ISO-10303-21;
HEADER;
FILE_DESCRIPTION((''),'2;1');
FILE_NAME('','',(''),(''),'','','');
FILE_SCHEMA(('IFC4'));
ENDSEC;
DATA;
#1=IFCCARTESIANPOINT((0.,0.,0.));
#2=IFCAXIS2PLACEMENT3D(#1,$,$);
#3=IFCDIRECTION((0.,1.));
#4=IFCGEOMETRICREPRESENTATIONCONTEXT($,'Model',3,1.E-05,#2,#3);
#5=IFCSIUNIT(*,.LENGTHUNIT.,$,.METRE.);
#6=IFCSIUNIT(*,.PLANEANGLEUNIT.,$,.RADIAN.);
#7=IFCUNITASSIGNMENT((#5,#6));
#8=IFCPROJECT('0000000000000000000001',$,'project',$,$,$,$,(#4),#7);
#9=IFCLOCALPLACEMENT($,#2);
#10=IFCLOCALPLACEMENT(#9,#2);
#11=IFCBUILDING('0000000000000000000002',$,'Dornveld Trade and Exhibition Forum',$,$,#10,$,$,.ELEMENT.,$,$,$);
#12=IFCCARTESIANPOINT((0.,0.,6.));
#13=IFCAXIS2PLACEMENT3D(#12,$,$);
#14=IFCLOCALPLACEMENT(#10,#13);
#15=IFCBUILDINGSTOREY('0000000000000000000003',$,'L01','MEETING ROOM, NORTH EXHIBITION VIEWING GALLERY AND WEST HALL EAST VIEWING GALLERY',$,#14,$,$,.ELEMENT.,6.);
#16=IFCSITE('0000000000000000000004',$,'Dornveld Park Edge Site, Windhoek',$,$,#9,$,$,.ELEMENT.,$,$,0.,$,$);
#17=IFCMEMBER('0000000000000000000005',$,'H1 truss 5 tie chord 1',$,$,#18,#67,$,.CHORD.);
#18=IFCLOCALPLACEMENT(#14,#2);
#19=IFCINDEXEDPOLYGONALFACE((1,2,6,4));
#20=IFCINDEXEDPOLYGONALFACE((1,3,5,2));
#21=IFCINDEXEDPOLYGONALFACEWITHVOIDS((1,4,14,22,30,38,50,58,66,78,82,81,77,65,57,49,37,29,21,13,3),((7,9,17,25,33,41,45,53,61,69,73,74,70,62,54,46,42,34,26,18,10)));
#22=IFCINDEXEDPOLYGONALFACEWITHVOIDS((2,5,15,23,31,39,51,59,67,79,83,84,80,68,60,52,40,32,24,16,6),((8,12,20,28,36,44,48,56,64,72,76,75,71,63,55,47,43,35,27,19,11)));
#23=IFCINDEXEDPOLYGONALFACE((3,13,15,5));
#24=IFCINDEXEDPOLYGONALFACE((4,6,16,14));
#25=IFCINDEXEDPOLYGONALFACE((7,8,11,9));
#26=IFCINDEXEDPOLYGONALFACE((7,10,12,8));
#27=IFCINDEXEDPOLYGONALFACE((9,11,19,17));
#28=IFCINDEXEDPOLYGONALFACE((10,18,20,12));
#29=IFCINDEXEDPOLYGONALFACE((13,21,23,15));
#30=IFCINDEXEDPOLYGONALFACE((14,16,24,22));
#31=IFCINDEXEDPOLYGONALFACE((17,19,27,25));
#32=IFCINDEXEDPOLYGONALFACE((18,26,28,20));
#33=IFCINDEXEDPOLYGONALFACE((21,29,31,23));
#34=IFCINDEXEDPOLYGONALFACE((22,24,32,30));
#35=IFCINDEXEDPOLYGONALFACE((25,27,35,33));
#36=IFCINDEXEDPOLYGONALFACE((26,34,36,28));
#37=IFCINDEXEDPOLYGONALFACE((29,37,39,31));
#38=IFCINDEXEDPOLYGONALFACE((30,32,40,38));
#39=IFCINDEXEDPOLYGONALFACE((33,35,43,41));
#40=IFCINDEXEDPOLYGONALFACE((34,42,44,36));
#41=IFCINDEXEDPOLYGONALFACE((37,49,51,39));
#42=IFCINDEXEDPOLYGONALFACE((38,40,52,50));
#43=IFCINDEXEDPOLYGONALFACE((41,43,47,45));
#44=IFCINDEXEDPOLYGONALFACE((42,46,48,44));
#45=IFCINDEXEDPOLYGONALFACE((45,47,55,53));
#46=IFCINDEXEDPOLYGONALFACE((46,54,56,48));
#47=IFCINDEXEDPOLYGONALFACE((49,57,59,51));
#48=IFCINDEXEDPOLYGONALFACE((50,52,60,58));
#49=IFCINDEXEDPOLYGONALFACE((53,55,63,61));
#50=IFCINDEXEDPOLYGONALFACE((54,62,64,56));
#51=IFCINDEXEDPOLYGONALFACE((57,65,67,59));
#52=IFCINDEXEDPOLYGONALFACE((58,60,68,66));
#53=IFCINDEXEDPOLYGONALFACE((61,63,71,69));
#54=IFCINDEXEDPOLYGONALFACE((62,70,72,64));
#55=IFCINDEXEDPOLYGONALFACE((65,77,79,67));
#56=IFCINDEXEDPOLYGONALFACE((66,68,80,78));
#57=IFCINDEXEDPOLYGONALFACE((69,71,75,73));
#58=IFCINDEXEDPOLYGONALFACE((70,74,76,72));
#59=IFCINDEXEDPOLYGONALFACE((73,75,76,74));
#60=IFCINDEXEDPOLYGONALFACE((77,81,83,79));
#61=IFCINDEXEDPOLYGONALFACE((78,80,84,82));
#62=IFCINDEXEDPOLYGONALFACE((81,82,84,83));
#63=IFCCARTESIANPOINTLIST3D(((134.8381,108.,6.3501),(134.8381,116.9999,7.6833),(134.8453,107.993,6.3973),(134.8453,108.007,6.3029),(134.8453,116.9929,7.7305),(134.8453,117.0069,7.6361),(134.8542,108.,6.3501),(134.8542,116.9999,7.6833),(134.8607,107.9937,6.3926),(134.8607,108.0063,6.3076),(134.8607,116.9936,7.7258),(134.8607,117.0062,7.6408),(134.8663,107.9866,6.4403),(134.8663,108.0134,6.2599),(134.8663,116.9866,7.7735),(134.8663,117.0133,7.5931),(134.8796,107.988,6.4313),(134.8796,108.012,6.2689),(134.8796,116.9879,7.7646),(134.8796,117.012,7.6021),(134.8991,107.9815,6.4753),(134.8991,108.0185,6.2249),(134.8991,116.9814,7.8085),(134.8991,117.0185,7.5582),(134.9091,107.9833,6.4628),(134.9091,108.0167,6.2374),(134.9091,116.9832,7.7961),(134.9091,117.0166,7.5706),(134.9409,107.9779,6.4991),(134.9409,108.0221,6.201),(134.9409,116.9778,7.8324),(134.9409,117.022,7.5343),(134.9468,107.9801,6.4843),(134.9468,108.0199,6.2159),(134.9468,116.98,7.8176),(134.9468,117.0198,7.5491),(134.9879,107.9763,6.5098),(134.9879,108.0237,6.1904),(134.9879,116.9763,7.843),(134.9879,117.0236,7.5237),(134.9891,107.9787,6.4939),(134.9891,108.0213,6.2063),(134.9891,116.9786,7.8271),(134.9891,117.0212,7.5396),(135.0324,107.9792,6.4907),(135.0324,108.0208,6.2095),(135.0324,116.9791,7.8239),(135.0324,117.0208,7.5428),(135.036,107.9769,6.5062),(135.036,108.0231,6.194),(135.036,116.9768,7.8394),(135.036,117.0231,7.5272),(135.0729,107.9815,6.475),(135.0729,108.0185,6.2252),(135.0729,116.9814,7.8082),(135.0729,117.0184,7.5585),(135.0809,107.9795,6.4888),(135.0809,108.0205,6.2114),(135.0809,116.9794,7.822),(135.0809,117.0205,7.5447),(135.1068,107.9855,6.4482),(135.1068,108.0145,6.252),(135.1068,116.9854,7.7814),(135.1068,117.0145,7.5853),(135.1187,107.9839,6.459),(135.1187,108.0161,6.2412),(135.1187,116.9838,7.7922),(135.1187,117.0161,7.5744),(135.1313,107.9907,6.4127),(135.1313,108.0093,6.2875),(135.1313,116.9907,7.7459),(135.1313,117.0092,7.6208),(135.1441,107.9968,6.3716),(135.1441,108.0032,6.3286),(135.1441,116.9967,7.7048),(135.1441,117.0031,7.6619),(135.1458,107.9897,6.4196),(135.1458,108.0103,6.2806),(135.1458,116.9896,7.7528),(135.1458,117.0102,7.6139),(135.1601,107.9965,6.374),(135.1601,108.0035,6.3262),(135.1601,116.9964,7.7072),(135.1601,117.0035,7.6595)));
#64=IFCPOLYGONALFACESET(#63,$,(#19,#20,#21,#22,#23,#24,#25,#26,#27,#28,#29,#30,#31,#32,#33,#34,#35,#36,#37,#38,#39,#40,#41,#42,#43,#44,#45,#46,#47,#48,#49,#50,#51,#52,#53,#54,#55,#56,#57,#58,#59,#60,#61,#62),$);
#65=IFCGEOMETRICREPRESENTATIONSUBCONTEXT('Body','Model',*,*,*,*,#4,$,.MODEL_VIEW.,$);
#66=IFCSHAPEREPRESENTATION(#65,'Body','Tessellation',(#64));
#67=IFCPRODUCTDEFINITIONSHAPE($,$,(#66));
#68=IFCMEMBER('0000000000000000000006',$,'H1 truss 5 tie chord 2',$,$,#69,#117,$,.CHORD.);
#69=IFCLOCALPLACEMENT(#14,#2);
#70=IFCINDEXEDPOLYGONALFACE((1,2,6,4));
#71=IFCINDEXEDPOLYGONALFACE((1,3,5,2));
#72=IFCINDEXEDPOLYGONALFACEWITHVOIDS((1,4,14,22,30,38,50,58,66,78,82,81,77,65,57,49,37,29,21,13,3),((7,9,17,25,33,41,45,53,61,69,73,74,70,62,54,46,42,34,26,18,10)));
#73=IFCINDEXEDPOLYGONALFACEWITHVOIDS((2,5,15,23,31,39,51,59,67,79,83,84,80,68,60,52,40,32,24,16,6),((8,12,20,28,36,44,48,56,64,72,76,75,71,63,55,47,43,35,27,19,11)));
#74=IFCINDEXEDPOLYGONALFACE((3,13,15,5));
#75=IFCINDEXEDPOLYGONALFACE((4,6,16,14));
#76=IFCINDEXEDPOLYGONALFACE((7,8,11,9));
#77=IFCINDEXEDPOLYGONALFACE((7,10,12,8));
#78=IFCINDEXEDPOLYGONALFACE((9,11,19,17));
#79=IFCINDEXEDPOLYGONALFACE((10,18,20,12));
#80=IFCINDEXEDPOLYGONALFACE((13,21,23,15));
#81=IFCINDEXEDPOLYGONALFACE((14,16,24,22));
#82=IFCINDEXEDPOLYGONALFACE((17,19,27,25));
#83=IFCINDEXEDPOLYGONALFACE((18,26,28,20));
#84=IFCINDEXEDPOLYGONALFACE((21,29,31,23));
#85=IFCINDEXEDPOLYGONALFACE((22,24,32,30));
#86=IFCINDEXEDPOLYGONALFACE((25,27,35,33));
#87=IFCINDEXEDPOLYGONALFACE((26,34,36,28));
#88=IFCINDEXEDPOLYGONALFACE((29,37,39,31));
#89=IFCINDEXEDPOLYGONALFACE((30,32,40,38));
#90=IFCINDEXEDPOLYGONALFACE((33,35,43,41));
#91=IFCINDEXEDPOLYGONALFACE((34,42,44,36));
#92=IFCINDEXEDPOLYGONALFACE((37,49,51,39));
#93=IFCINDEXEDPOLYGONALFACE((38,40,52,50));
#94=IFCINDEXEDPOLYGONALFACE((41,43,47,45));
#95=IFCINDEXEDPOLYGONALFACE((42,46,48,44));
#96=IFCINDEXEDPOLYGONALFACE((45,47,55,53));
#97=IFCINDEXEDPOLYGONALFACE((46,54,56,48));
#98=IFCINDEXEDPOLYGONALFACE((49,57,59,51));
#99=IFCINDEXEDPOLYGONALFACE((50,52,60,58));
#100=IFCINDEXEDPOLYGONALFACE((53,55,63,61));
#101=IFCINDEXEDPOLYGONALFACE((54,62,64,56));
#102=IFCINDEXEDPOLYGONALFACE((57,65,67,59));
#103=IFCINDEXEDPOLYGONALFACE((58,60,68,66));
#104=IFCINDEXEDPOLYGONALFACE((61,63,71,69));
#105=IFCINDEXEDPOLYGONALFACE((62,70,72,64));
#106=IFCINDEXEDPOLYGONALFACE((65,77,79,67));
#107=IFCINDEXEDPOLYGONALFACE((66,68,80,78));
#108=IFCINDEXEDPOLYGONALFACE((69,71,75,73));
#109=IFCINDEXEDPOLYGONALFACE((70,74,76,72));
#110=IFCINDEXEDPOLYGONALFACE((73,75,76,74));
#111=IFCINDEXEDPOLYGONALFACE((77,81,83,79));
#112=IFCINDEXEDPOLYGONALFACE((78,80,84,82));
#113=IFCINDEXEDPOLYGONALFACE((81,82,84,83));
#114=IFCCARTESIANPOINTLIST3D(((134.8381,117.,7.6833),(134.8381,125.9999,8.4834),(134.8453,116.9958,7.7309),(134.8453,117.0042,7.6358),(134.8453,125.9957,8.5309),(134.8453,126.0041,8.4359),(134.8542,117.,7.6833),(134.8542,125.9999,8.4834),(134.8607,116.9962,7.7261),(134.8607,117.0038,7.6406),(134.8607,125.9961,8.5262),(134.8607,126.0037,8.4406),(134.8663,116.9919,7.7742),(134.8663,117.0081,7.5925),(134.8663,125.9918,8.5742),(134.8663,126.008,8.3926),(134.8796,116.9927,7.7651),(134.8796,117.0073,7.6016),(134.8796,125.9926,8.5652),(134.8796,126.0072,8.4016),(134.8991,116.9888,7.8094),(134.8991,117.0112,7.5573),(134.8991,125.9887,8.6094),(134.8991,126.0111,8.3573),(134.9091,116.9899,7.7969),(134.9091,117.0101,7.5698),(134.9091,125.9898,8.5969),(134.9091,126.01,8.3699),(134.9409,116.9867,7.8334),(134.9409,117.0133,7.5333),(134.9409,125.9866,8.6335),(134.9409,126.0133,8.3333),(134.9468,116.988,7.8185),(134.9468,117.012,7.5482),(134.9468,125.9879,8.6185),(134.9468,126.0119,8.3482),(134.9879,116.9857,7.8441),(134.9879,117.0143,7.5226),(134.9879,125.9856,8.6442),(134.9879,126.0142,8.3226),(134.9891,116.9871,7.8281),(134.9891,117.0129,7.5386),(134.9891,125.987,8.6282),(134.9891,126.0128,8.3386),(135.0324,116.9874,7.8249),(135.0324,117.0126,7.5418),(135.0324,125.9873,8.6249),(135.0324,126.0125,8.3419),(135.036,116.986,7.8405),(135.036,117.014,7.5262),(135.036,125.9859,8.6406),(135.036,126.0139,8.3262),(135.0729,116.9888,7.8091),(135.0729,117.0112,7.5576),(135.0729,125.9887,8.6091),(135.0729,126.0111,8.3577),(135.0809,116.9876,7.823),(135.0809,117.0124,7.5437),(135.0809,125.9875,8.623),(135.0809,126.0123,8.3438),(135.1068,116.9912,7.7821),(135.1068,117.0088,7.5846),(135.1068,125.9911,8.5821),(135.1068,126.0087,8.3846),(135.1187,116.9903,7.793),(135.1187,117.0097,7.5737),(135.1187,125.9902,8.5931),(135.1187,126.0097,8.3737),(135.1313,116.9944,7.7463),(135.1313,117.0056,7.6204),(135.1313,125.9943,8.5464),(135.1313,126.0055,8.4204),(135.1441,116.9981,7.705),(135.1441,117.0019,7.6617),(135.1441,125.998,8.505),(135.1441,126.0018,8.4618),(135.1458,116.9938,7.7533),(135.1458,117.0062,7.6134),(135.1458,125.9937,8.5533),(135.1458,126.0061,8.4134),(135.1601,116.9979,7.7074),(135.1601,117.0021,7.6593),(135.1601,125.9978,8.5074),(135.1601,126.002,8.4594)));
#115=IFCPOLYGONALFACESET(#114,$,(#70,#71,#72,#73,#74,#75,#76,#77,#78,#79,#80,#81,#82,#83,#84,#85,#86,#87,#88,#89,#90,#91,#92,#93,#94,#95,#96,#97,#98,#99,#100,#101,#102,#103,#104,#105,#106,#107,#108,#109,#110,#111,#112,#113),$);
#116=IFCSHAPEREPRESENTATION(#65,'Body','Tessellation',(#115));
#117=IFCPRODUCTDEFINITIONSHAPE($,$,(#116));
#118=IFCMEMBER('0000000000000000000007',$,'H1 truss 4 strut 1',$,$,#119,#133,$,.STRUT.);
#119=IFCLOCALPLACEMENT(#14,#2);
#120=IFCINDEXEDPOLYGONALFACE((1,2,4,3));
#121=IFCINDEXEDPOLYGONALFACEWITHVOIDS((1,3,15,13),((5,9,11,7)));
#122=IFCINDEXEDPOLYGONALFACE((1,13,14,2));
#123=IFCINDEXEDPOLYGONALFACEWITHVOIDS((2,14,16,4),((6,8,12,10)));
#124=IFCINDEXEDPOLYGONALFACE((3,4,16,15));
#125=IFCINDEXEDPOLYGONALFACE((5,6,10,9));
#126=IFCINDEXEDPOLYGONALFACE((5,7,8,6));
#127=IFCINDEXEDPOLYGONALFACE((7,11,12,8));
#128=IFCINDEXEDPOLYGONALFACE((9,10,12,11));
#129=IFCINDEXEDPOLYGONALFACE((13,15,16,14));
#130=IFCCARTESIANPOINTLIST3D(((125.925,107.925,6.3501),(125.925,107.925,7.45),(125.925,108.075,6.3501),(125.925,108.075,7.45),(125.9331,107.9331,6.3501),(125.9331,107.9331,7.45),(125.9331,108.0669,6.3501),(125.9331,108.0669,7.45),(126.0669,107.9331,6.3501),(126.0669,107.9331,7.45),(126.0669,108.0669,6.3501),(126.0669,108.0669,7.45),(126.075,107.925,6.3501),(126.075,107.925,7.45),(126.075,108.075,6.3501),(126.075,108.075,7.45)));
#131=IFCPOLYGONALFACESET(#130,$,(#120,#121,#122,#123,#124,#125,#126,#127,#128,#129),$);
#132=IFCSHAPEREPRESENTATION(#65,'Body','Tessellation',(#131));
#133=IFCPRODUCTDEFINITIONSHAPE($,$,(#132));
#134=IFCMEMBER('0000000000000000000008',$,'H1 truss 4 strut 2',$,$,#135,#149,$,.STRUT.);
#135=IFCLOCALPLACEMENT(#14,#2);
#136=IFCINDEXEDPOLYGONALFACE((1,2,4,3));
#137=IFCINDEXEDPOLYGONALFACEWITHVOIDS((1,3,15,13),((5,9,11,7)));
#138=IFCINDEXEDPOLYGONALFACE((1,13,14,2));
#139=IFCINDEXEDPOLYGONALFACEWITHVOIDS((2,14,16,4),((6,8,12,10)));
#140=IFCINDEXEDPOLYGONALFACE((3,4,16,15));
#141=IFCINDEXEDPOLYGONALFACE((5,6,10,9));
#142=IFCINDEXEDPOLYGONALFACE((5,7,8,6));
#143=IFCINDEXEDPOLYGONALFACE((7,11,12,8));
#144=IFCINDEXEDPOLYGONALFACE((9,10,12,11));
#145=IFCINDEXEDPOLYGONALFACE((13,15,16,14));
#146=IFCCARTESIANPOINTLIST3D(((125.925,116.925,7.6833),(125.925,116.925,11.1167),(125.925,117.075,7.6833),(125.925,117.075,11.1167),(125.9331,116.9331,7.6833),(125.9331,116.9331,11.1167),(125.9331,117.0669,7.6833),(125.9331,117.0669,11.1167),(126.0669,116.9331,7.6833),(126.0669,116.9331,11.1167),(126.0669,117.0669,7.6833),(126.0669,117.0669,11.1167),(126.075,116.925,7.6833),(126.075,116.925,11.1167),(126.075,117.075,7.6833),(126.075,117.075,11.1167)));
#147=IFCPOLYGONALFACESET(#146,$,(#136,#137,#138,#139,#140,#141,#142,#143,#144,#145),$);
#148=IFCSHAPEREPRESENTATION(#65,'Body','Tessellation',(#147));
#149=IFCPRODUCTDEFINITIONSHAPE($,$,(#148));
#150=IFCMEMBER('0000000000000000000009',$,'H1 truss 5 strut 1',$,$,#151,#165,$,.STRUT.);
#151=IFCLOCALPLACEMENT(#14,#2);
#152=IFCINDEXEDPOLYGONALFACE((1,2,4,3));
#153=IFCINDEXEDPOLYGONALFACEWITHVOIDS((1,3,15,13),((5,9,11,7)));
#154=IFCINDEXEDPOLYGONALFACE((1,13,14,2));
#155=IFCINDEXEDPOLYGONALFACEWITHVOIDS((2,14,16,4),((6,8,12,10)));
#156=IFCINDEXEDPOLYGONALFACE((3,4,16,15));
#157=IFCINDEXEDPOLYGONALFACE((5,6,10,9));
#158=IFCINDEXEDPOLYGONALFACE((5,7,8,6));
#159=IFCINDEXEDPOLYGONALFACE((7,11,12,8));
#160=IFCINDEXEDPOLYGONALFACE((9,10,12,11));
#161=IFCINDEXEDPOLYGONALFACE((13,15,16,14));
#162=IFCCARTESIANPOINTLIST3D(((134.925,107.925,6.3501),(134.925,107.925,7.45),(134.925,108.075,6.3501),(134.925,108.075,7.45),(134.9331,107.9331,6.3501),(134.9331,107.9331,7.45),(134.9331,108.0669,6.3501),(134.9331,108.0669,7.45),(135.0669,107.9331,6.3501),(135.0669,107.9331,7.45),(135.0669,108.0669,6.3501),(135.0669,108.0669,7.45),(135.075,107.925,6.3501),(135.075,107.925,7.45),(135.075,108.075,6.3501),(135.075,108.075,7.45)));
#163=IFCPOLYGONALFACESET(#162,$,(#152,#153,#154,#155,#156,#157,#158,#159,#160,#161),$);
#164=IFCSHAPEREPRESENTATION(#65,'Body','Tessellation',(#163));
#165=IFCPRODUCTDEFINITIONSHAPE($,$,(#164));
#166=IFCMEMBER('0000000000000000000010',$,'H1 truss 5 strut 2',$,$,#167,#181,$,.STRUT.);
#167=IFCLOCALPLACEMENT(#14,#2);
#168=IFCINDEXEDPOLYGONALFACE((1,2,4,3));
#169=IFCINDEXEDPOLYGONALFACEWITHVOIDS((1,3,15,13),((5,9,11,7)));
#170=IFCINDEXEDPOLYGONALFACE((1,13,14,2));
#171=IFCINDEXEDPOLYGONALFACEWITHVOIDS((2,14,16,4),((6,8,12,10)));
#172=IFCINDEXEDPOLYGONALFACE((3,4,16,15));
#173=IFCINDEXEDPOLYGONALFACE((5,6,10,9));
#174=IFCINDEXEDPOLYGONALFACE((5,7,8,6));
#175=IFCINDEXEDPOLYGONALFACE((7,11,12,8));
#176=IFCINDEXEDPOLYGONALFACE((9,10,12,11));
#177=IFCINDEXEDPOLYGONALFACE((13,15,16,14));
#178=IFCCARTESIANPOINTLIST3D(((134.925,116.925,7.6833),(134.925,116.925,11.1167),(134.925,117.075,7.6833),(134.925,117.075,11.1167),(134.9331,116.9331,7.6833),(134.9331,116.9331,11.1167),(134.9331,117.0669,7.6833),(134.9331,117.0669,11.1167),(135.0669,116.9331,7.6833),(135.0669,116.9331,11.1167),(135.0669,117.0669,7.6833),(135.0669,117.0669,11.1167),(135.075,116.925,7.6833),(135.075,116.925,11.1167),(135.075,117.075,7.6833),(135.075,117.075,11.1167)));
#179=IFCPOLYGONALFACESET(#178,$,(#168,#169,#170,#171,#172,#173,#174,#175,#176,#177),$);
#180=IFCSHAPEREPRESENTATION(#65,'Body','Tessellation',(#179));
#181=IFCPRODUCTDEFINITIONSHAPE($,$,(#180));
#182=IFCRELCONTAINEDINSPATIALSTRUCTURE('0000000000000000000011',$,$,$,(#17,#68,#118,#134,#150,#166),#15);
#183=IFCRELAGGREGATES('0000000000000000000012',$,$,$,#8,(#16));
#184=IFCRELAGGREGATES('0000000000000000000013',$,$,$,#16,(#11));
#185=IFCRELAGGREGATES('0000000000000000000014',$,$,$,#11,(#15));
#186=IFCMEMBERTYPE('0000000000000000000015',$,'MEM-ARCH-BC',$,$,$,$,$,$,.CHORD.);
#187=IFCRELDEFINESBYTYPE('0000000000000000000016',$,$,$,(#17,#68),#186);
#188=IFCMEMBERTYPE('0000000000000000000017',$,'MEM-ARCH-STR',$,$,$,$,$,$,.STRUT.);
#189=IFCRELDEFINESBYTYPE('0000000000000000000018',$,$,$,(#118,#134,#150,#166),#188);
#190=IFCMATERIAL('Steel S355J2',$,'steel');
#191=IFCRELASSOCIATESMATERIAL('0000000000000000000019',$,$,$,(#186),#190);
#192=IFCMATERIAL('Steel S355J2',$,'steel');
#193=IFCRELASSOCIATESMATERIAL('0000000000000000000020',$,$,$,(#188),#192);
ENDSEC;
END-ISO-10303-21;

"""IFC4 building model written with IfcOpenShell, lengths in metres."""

from ifc_helpers import new_model, si_unit, direction, frame, origin, origin_2d, place, context, subcontext, project, spatial, hollow_rectangle, hollow_circle, extrude, material, material_profile, profile_set, type_object, element, save


model = new_model("IFC4")

# Units and contexts
model_context = context("Model", 3, precision=1e-05, world=origin(), true_north=direction((0.0, 1.0)))
body_context = subcontext(model_context, "Body", "Model", "MODEL_VIEW")
ifc_project = project(units=[si_unit("LENGTHUNIT", "METRE"), si_unit("PLANEANGLEUNIT", "RADIAN")], contexts=[model_context])

# Site, building, storey
site_placement = place(None, origin())
site = spatial("IfcSite", under=ifc_project, at=site_placement, Name="Dornveld Park Edge Site, Windhoek", CompositionType="ELEMENT", RefElevation=0.0)
building_placement = place(site_placement, origin())
building = spatial("IfcBuilding", under=site, at=building_placement, Name="Dornveld Trade and Exhibition Forum", CompositionType="ELEMENT")
storey_placement = place(building_placement, frame((0.0, 0.0, 6.0)))
storey = spatial("IfcBuildingStorey", under=building, at=storey_placement, Name="L01", Description="MEETING ROOM, NORTH EXHIBITION VIEWING GALLERY AND WEST HALL EAST VIEWING GALLERY", CompositionType="ELEMENT", Elevation=6.0)

# Members
ifc_material_1 = material(Name="Steel S355J2", Category="steel")
ifc_material_profile_1 = material_profile(ifc_material_1, hollow_circle(Radius=0.1619, WallThickness=0.0161, at=origin_2d()), Name="CHS 323.9x16")
ifc_profile_set_1 = profile_set([ifc_material_profile_1], Name="Steel S355J2")
member_type_1 = type_object("IfcMemberType", Name="MEM-ARCH-BC", PredefinedType="CHORD", material=ifc_profile_set_1)
member_1_placement = place(storey_placement, frame((135.0, 108.0, 6.3501), z_axis=(0.0, 0.989205, 0.14654), x_axis=(-1.0, 0.0, 0.0)))
element("IfcMember", 1, at=member_1_placement, inside=storey, type_object=member_type_1, Name="H1 truss 5 tie chord 1", PredefinedType="CHORD", context=body_context, shape_type="SweptSolid", body=[
    extrude(hollow_circle(Radius=0.1619, WallThickness=0.0161, at=origin_2d()), origin(), (0.0, 0.0, 1.0), 9.0981),
])
member_2_placement = place(storey_placement, frame((135.0, 117.0, 7.6833), z_axis=(0.0, 0.996072, 0.088545), x_axis=(-1.0, 0.0, 0.0)))
element("IfcMember", 2, at=member_2_placement, inside=storey, type_object=member_type_1, Name="H1 truss 5 tie chord 2", PredefinedType="CHORD", context=body_context, shape_type="SweptSolid", body=[
    extrude(hollow_circle(Radius=0.1619, WallThickness=0.0161, at=origin_2d()), origin(), (0.0, 0.0, 1.0), 9.0354),
])
ifc_material_2 = material(Name="Steel S355J2", Category="steel")
ifc_material_profile_2 = material_profile(ifc_material_2, hollow_rectangle(XDim=0.1499, YDim=0.1499, WallThickness=0.0081, at=origin_2d()), Name="SHS 150x150x8")
ifc_profile_set_2 = profile_set([ifc_material_profile_2], Name="Steel S355J2")
member_type_2 = type_object("IfcMemberType", Name="MEM-ARCH-STR", PredefinedType="STRUT", material=ifc_profile_set_2)
member_3_placement = place(storey_placement, frame((126.0, 108.0, 6.3501), z_axis=(0.0, 0.0, 1.0), x_axis=(1.0, 0.0, 0.0)))
element("IfcMember", 3, at=member_3_placement, inside=storey, type_object=member_type_2, Name="H1 truss 4 strut 1", PredefinedType="STRUT", context=body_context, shape_type="SweptSolid", body=[
    extrude(hollow_rectangle(XDim=0.1499, YDim=0.1499, WallThickness=0.0081, at=origin_2d()), origin(), (0.0, 0.0, 1.0), 1.0999),
])
member_4_placement = place(storey_placement, frame((126.0, 117.0, 7.6833), z_axis=(0.0, 0.0, 1.0), x_axis=(1.0, 0.0, 0.0)))
element("IfcMember", 4, at=member_4_placement, inside=storey, type_object=member_type_2, Name="H1 truss 4 strut 2", PredefinedType="STRUT", context=body_context, shape_type="SweptSolid", body=[
    extrude(hollow_rectangle(XDim=0.1499, YDim=0.1499, WallThickness=0.0081, at=origin_2d()), origin(), (0.0, 0.0, 1.0), 3.4333),
])
member_5_placement = place(storey_placement, frame((135.0, 108.0, 6.3501), z_axis=(0.0, 0.0, 1.0), x_axis=(1.0, 0.0, 0.0)))
element("IfcMember", 5, at=member_5_placement, inside=storey, type_object=member_type_2, Name="H1 truss 5 strut 1", PredefinedType="STRUT", context=body_context, shape_type="SweptSolid", body=[
    extrude(hollow_rectangle(XDim=0.1499, YDim=0.1499, WallThickness=0.0081, at=origin_2d()), origin(), (0.0, 0.0, 1.0), 1.0999),
])
member_6_placement = place(storey_placement, frame((135.0, 117.0, 7.6833), z_axis=(0.0, 0.0, 1.0), x_axis=(1.0, 0.0, 0.0)))
element("IfcMember", 6, at=member_6_placement, inside=storey, type_object=member_type_2, Name="H1 truss 5 strut 2", PredefinedType="STRUT", context=body_context, shape_type="SweptSolid", body=[
    extrude(hollow_rectangle(XDim=0.1499, YDim=0.1499, WallThickness=0.0081, at=origin_2d()), origin(), (0.0, 0.0, 1.0), 3.4333),
])

save(model, "model.ifc")
